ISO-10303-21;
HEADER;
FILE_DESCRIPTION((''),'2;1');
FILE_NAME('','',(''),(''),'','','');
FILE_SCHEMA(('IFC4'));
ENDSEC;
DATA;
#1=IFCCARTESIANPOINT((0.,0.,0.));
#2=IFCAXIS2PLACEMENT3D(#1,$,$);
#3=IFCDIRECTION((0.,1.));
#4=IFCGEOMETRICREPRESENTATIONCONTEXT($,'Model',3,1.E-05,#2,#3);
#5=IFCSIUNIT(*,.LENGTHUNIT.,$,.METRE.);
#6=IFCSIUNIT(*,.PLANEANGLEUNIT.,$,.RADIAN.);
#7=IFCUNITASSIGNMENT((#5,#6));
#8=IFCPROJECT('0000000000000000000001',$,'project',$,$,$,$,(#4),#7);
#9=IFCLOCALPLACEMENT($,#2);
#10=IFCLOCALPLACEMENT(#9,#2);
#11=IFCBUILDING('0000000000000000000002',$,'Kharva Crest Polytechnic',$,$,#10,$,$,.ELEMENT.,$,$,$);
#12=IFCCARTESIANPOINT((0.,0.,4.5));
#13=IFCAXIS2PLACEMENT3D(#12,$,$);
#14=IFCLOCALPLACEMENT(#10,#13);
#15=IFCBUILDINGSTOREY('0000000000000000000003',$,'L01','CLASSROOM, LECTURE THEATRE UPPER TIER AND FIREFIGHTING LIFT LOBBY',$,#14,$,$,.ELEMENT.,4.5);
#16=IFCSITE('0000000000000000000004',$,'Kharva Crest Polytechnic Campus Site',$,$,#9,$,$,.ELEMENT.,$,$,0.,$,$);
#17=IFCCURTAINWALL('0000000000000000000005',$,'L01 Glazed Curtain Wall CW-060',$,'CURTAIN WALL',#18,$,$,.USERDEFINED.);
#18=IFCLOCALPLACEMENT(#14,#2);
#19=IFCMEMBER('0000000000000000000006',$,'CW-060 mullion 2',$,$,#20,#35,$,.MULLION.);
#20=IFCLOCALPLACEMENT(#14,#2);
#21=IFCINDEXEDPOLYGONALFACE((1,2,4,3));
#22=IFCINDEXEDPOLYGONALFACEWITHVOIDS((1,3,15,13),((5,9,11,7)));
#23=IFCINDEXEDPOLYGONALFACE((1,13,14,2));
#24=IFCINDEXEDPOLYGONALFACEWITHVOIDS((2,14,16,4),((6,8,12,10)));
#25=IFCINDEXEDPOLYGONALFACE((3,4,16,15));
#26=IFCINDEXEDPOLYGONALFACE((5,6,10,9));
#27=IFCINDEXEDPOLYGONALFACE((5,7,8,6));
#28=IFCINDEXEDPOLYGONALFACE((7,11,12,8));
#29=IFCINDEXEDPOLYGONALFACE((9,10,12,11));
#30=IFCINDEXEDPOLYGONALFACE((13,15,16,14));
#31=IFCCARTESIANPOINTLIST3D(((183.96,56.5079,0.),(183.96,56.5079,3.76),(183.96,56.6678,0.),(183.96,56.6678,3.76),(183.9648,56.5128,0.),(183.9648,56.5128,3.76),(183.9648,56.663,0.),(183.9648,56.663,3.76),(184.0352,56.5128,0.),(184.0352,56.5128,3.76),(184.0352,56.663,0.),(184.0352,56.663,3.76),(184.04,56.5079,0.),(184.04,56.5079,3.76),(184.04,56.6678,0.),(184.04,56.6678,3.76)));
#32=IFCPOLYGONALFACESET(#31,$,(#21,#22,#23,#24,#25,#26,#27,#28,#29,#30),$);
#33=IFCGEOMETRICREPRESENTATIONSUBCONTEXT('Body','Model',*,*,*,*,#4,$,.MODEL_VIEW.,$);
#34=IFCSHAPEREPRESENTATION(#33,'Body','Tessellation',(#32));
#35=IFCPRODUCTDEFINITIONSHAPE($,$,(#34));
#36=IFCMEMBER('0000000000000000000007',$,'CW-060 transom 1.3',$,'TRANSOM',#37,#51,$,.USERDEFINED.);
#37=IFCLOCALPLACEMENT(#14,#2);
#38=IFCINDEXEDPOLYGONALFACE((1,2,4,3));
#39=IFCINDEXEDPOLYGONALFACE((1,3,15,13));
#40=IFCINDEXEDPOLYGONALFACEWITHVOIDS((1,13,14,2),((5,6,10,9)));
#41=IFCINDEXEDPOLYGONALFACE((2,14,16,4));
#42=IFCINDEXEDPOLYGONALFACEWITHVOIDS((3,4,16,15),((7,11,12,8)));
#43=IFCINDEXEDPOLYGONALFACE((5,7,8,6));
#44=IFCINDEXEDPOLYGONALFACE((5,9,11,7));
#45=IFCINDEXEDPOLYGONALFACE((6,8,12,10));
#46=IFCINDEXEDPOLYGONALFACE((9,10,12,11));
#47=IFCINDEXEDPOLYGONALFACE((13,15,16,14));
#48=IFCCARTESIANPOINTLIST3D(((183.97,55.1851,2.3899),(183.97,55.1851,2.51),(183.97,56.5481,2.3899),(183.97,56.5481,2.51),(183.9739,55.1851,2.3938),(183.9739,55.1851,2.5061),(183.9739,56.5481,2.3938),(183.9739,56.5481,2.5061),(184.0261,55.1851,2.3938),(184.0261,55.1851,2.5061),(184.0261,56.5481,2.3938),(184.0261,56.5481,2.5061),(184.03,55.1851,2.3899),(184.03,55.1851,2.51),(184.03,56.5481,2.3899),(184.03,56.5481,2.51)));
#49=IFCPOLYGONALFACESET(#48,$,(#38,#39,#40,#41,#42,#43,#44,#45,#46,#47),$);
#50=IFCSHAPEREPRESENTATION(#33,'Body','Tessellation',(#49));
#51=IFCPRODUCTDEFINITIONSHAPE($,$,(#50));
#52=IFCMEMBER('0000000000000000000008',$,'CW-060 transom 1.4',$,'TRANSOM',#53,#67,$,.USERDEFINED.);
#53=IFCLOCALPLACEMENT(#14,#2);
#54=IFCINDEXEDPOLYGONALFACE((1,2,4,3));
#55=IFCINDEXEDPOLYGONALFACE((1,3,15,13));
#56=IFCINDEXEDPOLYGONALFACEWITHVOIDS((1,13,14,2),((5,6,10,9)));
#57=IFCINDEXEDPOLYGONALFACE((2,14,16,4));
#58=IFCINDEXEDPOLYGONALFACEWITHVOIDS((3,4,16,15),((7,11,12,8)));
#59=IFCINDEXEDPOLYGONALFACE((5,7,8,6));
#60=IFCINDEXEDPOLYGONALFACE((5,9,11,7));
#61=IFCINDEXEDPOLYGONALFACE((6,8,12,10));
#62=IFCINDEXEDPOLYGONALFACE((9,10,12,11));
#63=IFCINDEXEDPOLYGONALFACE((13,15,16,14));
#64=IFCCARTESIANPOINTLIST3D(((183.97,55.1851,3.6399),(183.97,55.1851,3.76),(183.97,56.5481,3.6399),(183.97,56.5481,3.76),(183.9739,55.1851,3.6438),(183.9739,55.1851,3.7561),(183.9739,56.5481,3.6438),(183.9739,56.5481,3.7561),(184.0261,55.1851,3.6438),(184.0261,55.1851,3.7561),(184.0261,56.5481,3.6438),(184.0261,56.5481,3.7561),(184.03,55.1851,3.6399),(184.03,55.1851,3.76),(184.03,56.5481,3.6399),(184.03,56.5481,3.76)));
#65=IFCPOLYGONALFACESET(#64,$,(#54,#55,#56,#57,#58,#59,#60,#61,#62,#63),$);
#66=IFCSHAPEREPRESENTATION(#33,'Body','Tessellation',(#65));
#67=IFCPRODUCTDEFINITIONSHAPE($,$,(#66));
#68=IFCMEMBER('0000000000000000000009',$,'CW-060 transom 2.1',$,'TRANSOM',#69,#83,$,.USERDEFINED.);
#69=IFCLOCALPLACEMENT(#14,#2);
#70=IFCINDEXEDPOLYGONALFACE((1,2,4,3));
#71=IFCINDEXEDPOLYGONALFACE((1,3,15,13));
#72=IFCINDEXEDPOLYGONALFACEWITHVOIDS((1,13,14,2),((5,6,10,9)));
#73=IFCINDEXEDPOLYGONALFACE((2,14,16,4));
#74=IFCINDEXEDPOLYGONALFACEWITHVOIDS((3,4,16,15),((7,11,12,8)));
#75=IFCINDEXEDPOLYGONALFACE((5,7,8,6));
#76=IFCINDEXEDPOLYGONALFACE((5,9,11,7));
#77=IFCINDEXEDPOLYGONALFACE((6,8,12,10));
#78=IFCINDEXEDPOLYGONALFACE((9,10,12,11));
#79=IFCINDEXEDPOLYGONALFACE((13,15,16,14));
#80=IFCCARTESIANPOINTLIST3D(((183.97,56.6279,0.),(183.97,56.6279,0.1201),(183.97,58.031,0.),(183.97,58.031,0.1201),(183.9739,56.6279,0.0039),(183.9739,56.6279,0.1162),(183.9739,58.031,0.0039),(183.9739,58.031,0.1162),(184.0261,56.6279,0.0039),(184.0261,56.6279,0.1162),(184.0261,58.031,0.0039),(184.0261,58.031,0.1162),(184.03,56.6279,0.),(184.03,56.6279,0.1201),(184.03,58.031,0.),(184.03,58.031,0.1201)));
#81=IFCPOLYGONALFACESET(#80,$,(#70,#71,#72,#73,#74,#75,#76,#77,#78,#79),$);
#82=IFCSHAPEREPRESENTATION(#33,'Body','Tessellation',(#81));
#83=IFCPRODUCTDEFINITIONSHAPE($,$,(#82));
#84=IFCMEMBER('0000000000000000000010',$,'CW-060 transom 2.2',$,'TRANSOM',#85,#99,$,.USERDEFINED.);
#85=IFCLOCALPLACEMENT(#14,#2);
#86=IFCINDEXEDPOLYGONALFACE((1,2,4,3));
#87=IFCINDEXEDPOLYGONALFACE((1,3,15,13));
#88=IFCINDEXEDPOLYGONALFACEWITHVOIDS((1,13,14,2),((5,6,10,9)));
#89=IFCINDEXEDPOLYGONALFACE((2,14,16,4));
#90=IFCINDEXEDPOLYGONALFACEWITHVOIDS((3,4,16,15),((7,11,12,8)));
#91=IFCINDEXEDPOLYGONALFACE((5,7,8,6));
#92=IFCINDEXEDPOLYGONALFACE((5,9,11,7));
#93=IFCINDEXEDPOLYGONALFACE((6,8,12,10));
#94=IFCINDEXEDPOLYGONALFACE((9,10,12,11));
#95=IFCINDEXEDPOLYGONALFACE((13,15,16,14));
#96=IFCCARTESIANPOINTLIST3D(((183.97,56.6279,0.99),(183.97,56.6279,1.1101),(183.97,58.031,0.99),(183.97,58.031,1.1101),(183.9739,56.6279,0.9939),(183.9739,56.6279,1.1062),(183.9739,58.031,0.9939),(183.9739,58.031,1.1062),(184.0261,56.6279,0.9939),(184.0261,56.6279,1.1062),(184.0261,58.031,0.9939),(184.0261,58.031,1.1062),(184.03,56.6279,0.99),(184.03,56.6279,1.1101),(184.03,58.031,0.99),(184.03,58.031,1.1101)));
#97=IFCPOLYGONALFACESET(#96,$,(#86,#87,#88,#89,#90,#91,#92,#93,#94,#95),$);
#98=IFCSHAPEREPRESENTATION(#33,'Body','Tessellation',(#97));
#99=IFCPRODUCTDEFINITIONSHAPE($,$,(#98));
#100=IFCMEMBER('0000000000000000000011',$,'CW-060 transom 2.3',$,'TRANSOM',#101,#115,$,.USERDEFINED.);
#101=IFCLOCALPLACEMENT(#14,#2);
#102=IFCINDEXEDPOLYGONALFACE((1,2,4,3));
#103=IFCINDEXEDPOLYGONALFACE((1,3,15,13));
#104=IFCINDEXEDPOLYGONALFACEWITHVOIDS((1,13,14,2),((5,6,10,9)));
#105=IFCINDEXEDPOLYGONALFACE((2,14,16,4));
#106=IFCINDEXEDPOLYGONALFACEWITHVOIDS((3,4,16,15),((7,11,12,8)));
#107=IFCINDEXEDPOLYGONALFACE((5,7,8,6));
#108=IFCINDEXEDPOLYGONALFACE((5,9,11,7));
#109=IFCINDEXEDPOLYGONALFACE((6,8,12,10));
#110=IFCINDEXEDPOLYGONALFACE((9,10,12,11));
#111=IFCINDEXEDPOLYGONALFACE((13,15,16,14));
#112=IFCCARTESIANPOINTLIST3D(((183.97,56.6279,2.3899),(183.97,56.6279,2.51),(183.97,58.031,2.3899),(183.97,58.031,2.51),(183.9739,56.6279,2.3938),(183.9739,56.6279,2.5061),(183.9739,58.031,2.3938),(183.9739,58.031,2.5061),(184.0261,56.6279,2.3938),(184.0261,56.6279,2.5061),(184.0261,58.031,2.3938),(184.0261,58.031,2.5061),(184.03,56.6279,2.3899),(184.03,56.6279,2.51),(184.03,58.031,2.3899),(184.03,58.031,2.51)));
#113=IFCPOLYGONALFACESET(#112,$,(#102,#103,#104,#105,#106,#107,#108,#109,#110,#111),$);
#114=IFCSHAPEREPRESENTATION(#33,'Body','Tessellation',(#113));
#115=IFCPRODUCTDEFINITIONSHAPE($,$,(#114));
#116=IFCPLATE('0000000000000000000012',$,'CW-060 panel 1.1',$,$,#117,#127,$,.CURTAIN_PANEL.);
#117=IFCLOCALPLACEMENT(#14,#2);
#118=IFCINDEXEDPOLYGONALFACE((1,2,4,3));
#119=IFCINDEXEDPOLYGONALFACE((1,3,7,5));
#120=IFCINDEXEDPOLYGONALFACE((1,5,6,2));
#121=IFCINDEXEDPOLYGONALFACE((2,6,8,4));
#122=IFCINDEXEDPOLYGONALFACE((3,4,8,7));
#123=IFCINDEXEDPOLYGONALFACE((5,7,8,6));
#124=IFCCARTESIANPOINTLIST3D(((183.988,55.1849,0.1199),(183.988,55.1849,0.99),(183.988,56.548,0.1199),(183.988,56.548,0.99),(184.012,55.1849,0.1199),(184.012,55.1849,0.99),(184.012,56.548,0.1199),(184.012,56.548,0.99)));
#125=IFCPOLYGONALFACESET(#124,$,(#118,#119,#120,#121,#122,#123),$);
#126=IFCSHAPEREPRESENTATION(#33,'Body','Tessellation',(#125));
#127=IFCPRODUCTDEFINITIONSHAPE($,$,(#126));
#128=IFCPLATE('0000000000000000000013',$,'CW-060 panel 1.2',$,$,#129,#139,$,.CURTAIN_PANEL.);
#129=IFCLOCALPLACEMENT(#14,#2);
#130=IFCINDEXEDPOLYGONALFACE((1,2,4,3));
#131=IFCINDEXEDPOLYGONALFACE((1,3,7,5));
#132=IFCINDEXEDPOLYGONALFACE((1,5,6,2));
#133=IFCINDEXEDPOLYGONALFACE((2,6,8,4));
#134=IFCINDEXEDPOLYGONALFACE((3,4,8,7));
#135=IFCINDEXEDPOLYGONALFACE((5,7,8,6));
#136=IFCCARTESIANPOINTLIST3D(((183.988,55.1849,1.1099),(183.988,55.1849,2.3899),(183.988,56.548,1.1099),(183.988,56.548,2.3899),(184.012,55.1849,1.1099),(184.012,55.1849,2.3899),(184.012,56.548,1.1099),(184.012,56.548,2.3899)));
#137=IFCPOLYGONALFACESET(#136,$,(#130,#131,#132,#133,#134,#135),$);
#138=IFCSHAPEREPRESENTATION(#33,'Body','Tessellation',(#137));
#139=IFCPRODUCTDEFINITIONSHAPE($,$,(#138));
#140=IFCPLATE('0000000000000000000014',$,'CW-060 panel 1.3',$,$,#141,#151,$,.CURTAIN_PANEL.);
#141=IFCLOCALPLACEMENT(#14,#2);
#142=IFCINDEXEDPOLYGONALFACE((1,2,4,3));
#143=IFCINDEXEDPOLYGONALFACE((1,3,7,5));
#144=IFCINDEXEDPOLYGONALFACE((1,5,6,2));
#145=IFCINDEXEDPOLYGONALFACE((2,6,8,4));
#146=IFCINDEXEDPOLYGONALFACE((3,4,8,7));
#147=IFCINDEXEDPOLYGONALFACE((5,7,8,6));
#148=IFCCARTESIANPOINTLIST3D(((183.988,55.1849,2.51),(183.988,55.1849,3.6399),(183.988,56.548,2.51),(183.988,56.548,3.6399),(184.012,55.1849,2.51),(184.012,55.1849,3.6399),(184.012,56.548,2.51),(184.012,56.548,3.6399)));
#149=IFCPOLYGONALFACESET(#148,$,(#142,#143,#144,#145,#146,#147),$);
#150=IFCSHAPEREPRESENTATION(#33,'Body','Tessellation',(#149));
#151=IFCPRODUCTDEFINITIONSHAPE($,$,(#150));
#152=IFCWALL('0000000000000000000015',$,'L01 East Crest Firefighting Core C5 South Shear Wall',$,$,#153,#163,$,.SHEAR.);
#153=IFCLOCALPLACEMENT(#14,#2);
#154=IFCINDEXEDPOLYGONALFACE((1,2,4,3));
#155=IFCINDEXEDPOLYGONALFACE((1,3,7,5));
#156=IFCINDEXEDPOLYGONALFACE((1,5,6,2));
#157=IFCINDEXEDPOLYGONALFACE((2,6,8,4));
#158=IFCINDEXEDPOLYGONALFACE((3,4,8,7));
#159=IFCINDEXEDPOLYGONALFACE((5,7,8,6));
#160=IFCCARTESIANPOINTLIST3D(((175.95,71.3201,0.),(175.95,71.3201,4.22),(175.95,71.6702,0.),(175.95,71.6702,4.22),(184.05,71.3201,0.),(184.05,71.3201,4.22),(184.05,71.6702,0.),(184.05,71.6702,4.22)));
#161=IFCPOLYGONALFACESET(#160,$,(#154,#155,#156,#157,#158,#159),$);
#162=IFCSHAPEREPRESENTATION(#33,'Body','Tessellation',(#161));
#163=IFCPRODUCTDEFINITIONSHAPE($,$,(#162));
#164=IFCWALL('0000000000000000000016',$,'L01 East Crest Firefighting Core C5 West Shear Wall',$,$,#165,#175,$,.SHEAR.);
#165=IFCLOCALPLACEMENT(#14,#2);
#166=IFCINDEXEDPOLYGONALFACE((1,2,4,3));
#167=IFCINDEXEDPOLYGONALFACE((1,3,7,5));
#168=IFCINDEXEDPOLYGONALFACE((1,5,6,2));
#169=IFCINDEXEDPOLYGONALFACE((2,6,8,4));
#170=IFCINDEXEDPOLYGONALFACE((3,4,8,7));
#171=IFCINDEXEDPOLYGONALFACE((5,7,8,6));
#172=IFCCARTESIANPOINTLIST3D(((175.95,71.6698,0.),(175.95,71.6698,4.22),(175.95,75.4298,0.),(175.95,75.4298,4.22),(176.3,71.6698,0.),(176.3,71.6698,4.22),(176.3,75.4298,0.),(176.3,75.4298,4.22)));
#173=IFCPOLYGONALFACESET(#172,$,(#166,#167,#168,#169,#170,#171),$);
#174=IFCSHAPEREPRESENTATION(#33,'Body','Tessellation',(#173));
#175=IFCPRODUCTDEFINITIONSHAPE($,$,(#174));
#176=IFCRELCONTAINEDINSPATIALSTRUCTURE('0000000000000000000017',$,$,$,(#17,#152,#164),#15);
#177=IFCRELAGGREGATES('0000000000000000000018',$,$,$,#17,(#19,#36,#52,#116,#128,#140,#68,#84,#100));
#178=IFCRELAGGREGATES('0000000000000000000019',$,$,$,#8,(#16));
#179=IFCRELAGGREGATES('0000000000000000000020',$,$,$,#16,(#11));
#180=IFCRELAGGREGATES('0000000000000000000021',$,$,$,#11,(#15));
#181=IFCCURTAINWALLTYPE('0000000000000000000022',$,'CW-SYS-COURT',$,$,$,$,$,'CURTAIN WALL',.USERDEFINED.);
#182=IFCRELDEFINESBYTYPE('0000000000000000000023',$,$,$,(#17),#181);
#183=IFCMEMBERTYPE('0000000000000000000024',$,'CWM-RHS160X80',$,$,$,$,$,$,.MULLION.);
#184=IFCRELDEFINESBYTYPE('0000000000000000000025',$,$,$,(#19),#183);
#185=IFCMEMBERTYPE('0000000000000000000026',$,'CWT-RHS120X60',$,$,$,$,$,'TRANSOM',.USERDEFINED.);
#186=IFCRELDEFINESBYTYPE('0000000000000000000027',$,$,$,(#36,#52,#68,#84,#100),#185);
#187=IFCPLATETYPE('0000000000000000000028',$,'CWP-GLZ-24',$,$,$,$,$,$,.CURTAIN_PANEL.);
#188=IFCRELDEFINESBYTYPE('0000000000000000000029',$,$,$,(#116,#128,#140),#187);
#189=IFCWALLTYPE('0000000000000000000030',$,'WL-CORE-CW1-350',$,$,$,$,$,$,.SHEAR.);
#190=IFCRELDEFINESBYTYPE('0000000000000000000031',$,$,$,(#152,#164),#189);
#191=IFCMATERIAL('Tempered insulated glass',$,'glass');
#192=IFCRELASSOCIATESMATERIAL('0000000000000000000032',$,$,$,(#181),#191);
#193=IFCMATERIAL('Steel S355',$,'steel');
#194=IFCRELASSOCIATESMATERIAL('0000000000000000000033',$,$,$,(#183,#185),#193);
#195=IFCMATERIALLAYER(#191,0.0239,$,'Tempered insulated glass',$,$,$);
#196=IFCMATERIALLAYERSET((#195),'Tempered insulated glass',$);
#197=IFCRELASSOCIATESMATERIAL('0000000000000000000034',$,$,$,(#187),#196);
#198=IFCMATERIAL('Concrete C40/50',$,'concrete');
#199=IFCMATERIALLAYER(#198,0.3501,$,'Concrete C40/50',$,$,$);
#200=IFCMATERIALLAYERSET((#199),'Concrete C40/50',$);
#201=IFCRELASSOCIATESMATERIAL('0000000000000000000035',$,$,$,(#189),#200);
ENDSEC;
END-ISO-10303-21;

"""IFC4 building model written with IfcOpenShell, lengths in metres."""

from ifc_helpers import new_model, si_unit, direction, frame, frame_2d, origin, origin_2d, place, context, subcontext, project, spatial, rectangle, hollow_rectangle, extrude, material, layer, layer_set, material_profile, profile_set, type_object, element, aggregate, save


model = new_model("IFC4")

# Units and contexts
model_context = context("Model", 3, precision=1e-05, world=origin(), true_north=direction((0.0, 1.0)))
body_context = subcontext(model_context, "Body", "Model", "MODEL_VIEW")
ifc_project = project(units=[si_unit("LENGTHUNIT", "METRE"), si_unit("PLANEANGLEUNIT", "RADIAN")], contexts=[model_context])

# Site, building, storey
site_placement = place(None, origin())
site = spatial("IfcSite", under=ifc_project, at=site_placement, Name="Kharva Crest Polytechnic Campus Site", CompositionType="ELEMENT", RefElevation=0.0)
building_placement = place(site_placement, origin())
building = spatial("IfcBuilding", under=site, at=building_placement, Name="Kharva Crest Polytechnic", CompositionType="ELEMENT")
storey_placement = place(building_placement, frame((0.0, 0.0, 4.5)))
storey = spatial("IfcBuildingStorey", under=building, at=storey_placement, Name="L01", Description="CLASSROOM, LECTURE THEATRE UPPER TIER AND FIREFIGHTING LIFT LOBBY", CompositionType="ELEMENT", Elevation=4.5)

# Shared definitions
ifc_material_1 = material(Name="Concrete C40/50", Category="concrete")
ifc_material_2 = material(Name="Steel S355", Category="steel")

# Curtain wall, members, plates
ifc_material_3 = material(Name="Tempered insulated glass", Category="glass")
curtain_wall_type = type_object("IfcCurtainWallType", Name="CW-SYS-COURT", ElementType="CURTAIN WALL", PredefinedType="USERDEFINED", material=ifc_material_3)
curtain_wall_placement = place(storey_placement, origin())
curtain_wall = element("IfcCurtainWall", 1, at=curtain_wall_placement, inside=storey, type_object=curtain_wall_type, Name="L01 Glazed Curtain Wall CW-060", ObjectType="CURTAIN WALL", PredefinedType="USERDEFINED")
ifc_material_profile_1 = material_profile(ifc_material_2, hollow_rectangle(XDim=0.0801, YDim=0.1599, WallThickness=0.0049, at=origin_2d()), Name="RHS 160X80X5.0")
ifc_profile_set_1 = profile_set([ifc_material_profile_1], Name="Steel S355")
member_type_1 = type_object("IfcMemberType", Name="CWM-RHS160X80", PredefinedType="MULLION", material=ifc_profile_set_1)
member_1_placement = place(storey_placement, frame((184.0, 56.5879, 0.0), z_axis=(0.0, 0.0, 1.0), x_axis=(-1.0, 0.0, 0.0)))
member_1 = element("IfcMember", 2, at=member_1_placement, type_object=member_type_1, Name="CW-060 mullion 2", PredefinedType="MULLION", context=body_context, shape_type="SweptSolid", body=[
    extrude(hollow_rectangle(XDim=0.0801, YDim=0.1599, WallThickness=0.0049, at=origin_2d()), origin(), (0.0, 0.0, 1.0), 3.76),
])
ifc_material_profile_2 = material_profile(ifc_material_2, hollow_rectangle(XDim=0.0601, YDim=0.1201, WallThickness=0.0039, at=origin_2d()), Name="RHS 120X60X4.0")
ifc_profile_set_2 = profile_set([ifc_material_profile_2], Name="Steel S355")
member_type_2 = type_object("IfcMemberType", Name="CWT-RHS120X60", ElementType="TRANSOM", PredefinedType="USERDEFINED", material=ifc_profile_set_2)
member_2_placement = place(storey_placement, frame((184.0, 55.1851, 2.45), z_axis=(0.0, 1.0, 0.0), x_axis=(-1.0, 0.0, 0.0)))
member_2 = element("IfcMember", 3, at=member_2_placement, type_object=member_type_2, Name="CW-060 transom 1.3", ObjectType="TRANSOM", PredefinedType="USERDEFINED", context=body_context, shape_type="SweptSolid", body=[
    extrude(hollow_rectangle(XDim=0.0601, YDim=0.1201, WallThickness=0.0039, at=origin_2d()), origin(), (0.0, 0.0, 1.0), 1.363),
])
member_3_placement = place(storey_placement, frame((184.0, 55.1851, 3.7), z_axis=(0.0, 1.0, 0.0), x_axis=(-1.0, 0.0, 0.0)))
member_3 = element("IfcMember", 4, at=member_3_placement, type_object=member_type_2, Name="CW-060 transom 1.4", ObjectType="TRANSOM", PredefinedType="USERDEFINED", context=body_context, shape_type="SweptSolid", body=[
    extrude(hollow_rectangle(XDim=0.0601, YDim=0.1201, WallThickness=0.0039, at=origin_2d()), origin(), (0.0, 0.0, 1.0), 1.363),
])
member_4_placement = place(storey_placement, frame((184.0, 56.6279, 0.0601), z_axis=(0.0, 1.0, 0.0), x_axis=(-1.0, 0.0, 0.0)))
member_4 = element("IfcMember", 5, at=member_4_placement, type_object=member_type_2, Name="CW-060 transom 2.1", ObjectType="TRANSOM", PredefinedType="USERDEFINED", context=body_context, shape_type="SweptSolid", body=[
    extrude(hollow_rectangle(XDim=0.0601, YDim=0.1201, WallThickness=0.0039, at=origin_2d()), origin(), (0.0, 0.0, 1.0), 1.4031),
])
member_5_placement = place(storey_placement, frame((184.0, 56.6279, 1.05), z_axis=(0.0, 1.0, 0.0), x_axis=(-1.0, 0.0, 0.0)))
member_5 = element("IfcMember", 6, at=member_5_placement, type_object=member_type_2, Name="CW-060 transom 2.2", ObjectType="TRANSOM", PredefinedType="USERDEFINED", context=body_context, shape_type="SweptSolid", body=[
    extrude(hollow_rectangle(XDim=0.0601, YDim=0.1201, WallThickness=0.0039, at=origin_2d()), origin(), (0.0, 0.0, 1.0), 1.4031),
])
member_6_placement = place(storey_placement, frame((184.0, 56.6279, 2.45), z_axis=(0.0, 1.0, 0.0), x_axis=(-1.0, 0.0, 0.0)))
member_6 = element("IfcMember", 7, at=member_6_placement, type_object=member_type_2, Name="CW-060 transom 2.3", ObjectType="TRANSOM", PredefinedType="USERDEFINED", context=body_context, shape_type="SweptSolid", body=[
    extrude(hollow_rectangle(XDim=0.0601, YDim=0.1201, WallThickness=0.0039, at=origin_2d()), origin(), (0.0, 0.0, 1.0), 1.4031),
])
ifc_layer_1 = layer(ifc_material_3, 0.0239, Name="Tempered insulated glass")
ifc_layer_set_1 = layer_set([ifc_layer_1], Name="Tempered insulated glass")
plate_type = type_object("IfcPlateType", Name="CWP-GLZ-24", PredefinedType="CURTAIN_PANEL", material=ifc_layer_set_1)
plate_1_placement = place(storey_placement, frame((184.0, 55.8665, 0.1199), z_axis=(0.0, 0.0, 1.0), x_axis=(0.0, 1.0, 0.0)))
plate_1 = element("IfcPlate", 8, at=plate_1_placement, type_object=plate_type, Name="CW-060 panel 1.1", PredefinedType="CURTAIN_PANEL", context=body_context, shape_type="SweptSolid", body=[
    extrude(rectangle(XDim=1.363, YDim=0.0239, at=origin_2d()), origin(), (0.0, 0.0, 1.0), 0.8701),
])
plate_2_placement = place(storey_placement, frame((184.0, 55.8665, 1.1099), z_axis=(0.0, 0.0, 1.0), x_axis=(0.0, 1.0, 0.0)))
plate_2 = element("IfcPlate", 9, at=plate_2_placement, type_object=plate_type, Name="CW-060 panel 1.2", PredefinedType="CURTAIN_PANEL", context=body_context, shape_type="SweptSolid", body=[
    extrude(rectangle(XDim=1.363, YDim=0.0239, at=origin_2d()), origin(), (0.0, 0.0, 1.0), 1.28),
])
plate_3_placement = place(storey_placement, frame((184.0, 55.8665, 2.51), z_axis=(0.0, 0.0, 1.0), x_axis=(0.0, 1.0, 0.0)))
plate_3 = element("IfcPlate", 10, at=plate_3_placement, type_object=plate_type, Name="CW-060 panel 1.3", PredefinedType="CURTAIN_PANEL", context=body_context, shape_type="SweptSolid", body=[
    extrude(rectangle(XDim=1.363, YDim=0.0239, at=origin_2d()), origin(), (0.0, 0.0, 1.0), 1.1299),
])
aggregate(curtain_wall, [member_1, member_2, member_3, plate_1, plate_2, plate_3, member_4, member_5, member_6])

# Walls
ifc_layer_2 = layer(ifc_material_1, 0.3501, Name="Concrete C40/50")
ifc_layer_set_2 = layer_set([ifc_layer_2], Name="Concrete C40/50")
wall_type_1 = type_object("IfcWallType", Name="WL-CORE-CW1-350", PredefinedType="SHEAR", material=ifc_layer_set_2)
wall_1_placement = place(storey_placement, frame((175.95, 71.4951, 0.0), z_axis=(0.0, 0.0, 1.0), x_axis=(1.0, 0.0, 0.0)))
element("IfcWall", 11, at=wall_1_placement, inside=storey, type_object=wall_type_1, Name="L01 East Crest Firefighting Core C5 South Shear Wall", PredefinedType="SHEAR", context=body_context, shape_type="SweptSolid", body=[
    extrude(rectangle(XDim=8.1001, YDim=0.3501, at=frame_2d((4.05, 0.0))), origin(), (0.0, 0.0, 1.0), 4.22),
])
wall_2_placement = place(storey_placement, frame((176.125, 71.6699, 0.0), z_axis=(0.0, 0.0, 1.0), x_axis=(0.0, 1.0, 0.0)))
element("IfcWall", 12, at=wall_2_placement, inside=storey, type_object=wall_type_1, Name="L01 East Crest Firefighting Core C5 West Shear Wall", PredefinedType="SHEAR", context=body_context, shape_type="SweptSolid", body=[
    extrude(rectangle(XDim=3.76, YDim=0.3501, at=frame_2d((1.8799, 0.0))), origin(), (0.0, 0.0, 1.0), 4.22),
])

save(model, "model.ifc")
